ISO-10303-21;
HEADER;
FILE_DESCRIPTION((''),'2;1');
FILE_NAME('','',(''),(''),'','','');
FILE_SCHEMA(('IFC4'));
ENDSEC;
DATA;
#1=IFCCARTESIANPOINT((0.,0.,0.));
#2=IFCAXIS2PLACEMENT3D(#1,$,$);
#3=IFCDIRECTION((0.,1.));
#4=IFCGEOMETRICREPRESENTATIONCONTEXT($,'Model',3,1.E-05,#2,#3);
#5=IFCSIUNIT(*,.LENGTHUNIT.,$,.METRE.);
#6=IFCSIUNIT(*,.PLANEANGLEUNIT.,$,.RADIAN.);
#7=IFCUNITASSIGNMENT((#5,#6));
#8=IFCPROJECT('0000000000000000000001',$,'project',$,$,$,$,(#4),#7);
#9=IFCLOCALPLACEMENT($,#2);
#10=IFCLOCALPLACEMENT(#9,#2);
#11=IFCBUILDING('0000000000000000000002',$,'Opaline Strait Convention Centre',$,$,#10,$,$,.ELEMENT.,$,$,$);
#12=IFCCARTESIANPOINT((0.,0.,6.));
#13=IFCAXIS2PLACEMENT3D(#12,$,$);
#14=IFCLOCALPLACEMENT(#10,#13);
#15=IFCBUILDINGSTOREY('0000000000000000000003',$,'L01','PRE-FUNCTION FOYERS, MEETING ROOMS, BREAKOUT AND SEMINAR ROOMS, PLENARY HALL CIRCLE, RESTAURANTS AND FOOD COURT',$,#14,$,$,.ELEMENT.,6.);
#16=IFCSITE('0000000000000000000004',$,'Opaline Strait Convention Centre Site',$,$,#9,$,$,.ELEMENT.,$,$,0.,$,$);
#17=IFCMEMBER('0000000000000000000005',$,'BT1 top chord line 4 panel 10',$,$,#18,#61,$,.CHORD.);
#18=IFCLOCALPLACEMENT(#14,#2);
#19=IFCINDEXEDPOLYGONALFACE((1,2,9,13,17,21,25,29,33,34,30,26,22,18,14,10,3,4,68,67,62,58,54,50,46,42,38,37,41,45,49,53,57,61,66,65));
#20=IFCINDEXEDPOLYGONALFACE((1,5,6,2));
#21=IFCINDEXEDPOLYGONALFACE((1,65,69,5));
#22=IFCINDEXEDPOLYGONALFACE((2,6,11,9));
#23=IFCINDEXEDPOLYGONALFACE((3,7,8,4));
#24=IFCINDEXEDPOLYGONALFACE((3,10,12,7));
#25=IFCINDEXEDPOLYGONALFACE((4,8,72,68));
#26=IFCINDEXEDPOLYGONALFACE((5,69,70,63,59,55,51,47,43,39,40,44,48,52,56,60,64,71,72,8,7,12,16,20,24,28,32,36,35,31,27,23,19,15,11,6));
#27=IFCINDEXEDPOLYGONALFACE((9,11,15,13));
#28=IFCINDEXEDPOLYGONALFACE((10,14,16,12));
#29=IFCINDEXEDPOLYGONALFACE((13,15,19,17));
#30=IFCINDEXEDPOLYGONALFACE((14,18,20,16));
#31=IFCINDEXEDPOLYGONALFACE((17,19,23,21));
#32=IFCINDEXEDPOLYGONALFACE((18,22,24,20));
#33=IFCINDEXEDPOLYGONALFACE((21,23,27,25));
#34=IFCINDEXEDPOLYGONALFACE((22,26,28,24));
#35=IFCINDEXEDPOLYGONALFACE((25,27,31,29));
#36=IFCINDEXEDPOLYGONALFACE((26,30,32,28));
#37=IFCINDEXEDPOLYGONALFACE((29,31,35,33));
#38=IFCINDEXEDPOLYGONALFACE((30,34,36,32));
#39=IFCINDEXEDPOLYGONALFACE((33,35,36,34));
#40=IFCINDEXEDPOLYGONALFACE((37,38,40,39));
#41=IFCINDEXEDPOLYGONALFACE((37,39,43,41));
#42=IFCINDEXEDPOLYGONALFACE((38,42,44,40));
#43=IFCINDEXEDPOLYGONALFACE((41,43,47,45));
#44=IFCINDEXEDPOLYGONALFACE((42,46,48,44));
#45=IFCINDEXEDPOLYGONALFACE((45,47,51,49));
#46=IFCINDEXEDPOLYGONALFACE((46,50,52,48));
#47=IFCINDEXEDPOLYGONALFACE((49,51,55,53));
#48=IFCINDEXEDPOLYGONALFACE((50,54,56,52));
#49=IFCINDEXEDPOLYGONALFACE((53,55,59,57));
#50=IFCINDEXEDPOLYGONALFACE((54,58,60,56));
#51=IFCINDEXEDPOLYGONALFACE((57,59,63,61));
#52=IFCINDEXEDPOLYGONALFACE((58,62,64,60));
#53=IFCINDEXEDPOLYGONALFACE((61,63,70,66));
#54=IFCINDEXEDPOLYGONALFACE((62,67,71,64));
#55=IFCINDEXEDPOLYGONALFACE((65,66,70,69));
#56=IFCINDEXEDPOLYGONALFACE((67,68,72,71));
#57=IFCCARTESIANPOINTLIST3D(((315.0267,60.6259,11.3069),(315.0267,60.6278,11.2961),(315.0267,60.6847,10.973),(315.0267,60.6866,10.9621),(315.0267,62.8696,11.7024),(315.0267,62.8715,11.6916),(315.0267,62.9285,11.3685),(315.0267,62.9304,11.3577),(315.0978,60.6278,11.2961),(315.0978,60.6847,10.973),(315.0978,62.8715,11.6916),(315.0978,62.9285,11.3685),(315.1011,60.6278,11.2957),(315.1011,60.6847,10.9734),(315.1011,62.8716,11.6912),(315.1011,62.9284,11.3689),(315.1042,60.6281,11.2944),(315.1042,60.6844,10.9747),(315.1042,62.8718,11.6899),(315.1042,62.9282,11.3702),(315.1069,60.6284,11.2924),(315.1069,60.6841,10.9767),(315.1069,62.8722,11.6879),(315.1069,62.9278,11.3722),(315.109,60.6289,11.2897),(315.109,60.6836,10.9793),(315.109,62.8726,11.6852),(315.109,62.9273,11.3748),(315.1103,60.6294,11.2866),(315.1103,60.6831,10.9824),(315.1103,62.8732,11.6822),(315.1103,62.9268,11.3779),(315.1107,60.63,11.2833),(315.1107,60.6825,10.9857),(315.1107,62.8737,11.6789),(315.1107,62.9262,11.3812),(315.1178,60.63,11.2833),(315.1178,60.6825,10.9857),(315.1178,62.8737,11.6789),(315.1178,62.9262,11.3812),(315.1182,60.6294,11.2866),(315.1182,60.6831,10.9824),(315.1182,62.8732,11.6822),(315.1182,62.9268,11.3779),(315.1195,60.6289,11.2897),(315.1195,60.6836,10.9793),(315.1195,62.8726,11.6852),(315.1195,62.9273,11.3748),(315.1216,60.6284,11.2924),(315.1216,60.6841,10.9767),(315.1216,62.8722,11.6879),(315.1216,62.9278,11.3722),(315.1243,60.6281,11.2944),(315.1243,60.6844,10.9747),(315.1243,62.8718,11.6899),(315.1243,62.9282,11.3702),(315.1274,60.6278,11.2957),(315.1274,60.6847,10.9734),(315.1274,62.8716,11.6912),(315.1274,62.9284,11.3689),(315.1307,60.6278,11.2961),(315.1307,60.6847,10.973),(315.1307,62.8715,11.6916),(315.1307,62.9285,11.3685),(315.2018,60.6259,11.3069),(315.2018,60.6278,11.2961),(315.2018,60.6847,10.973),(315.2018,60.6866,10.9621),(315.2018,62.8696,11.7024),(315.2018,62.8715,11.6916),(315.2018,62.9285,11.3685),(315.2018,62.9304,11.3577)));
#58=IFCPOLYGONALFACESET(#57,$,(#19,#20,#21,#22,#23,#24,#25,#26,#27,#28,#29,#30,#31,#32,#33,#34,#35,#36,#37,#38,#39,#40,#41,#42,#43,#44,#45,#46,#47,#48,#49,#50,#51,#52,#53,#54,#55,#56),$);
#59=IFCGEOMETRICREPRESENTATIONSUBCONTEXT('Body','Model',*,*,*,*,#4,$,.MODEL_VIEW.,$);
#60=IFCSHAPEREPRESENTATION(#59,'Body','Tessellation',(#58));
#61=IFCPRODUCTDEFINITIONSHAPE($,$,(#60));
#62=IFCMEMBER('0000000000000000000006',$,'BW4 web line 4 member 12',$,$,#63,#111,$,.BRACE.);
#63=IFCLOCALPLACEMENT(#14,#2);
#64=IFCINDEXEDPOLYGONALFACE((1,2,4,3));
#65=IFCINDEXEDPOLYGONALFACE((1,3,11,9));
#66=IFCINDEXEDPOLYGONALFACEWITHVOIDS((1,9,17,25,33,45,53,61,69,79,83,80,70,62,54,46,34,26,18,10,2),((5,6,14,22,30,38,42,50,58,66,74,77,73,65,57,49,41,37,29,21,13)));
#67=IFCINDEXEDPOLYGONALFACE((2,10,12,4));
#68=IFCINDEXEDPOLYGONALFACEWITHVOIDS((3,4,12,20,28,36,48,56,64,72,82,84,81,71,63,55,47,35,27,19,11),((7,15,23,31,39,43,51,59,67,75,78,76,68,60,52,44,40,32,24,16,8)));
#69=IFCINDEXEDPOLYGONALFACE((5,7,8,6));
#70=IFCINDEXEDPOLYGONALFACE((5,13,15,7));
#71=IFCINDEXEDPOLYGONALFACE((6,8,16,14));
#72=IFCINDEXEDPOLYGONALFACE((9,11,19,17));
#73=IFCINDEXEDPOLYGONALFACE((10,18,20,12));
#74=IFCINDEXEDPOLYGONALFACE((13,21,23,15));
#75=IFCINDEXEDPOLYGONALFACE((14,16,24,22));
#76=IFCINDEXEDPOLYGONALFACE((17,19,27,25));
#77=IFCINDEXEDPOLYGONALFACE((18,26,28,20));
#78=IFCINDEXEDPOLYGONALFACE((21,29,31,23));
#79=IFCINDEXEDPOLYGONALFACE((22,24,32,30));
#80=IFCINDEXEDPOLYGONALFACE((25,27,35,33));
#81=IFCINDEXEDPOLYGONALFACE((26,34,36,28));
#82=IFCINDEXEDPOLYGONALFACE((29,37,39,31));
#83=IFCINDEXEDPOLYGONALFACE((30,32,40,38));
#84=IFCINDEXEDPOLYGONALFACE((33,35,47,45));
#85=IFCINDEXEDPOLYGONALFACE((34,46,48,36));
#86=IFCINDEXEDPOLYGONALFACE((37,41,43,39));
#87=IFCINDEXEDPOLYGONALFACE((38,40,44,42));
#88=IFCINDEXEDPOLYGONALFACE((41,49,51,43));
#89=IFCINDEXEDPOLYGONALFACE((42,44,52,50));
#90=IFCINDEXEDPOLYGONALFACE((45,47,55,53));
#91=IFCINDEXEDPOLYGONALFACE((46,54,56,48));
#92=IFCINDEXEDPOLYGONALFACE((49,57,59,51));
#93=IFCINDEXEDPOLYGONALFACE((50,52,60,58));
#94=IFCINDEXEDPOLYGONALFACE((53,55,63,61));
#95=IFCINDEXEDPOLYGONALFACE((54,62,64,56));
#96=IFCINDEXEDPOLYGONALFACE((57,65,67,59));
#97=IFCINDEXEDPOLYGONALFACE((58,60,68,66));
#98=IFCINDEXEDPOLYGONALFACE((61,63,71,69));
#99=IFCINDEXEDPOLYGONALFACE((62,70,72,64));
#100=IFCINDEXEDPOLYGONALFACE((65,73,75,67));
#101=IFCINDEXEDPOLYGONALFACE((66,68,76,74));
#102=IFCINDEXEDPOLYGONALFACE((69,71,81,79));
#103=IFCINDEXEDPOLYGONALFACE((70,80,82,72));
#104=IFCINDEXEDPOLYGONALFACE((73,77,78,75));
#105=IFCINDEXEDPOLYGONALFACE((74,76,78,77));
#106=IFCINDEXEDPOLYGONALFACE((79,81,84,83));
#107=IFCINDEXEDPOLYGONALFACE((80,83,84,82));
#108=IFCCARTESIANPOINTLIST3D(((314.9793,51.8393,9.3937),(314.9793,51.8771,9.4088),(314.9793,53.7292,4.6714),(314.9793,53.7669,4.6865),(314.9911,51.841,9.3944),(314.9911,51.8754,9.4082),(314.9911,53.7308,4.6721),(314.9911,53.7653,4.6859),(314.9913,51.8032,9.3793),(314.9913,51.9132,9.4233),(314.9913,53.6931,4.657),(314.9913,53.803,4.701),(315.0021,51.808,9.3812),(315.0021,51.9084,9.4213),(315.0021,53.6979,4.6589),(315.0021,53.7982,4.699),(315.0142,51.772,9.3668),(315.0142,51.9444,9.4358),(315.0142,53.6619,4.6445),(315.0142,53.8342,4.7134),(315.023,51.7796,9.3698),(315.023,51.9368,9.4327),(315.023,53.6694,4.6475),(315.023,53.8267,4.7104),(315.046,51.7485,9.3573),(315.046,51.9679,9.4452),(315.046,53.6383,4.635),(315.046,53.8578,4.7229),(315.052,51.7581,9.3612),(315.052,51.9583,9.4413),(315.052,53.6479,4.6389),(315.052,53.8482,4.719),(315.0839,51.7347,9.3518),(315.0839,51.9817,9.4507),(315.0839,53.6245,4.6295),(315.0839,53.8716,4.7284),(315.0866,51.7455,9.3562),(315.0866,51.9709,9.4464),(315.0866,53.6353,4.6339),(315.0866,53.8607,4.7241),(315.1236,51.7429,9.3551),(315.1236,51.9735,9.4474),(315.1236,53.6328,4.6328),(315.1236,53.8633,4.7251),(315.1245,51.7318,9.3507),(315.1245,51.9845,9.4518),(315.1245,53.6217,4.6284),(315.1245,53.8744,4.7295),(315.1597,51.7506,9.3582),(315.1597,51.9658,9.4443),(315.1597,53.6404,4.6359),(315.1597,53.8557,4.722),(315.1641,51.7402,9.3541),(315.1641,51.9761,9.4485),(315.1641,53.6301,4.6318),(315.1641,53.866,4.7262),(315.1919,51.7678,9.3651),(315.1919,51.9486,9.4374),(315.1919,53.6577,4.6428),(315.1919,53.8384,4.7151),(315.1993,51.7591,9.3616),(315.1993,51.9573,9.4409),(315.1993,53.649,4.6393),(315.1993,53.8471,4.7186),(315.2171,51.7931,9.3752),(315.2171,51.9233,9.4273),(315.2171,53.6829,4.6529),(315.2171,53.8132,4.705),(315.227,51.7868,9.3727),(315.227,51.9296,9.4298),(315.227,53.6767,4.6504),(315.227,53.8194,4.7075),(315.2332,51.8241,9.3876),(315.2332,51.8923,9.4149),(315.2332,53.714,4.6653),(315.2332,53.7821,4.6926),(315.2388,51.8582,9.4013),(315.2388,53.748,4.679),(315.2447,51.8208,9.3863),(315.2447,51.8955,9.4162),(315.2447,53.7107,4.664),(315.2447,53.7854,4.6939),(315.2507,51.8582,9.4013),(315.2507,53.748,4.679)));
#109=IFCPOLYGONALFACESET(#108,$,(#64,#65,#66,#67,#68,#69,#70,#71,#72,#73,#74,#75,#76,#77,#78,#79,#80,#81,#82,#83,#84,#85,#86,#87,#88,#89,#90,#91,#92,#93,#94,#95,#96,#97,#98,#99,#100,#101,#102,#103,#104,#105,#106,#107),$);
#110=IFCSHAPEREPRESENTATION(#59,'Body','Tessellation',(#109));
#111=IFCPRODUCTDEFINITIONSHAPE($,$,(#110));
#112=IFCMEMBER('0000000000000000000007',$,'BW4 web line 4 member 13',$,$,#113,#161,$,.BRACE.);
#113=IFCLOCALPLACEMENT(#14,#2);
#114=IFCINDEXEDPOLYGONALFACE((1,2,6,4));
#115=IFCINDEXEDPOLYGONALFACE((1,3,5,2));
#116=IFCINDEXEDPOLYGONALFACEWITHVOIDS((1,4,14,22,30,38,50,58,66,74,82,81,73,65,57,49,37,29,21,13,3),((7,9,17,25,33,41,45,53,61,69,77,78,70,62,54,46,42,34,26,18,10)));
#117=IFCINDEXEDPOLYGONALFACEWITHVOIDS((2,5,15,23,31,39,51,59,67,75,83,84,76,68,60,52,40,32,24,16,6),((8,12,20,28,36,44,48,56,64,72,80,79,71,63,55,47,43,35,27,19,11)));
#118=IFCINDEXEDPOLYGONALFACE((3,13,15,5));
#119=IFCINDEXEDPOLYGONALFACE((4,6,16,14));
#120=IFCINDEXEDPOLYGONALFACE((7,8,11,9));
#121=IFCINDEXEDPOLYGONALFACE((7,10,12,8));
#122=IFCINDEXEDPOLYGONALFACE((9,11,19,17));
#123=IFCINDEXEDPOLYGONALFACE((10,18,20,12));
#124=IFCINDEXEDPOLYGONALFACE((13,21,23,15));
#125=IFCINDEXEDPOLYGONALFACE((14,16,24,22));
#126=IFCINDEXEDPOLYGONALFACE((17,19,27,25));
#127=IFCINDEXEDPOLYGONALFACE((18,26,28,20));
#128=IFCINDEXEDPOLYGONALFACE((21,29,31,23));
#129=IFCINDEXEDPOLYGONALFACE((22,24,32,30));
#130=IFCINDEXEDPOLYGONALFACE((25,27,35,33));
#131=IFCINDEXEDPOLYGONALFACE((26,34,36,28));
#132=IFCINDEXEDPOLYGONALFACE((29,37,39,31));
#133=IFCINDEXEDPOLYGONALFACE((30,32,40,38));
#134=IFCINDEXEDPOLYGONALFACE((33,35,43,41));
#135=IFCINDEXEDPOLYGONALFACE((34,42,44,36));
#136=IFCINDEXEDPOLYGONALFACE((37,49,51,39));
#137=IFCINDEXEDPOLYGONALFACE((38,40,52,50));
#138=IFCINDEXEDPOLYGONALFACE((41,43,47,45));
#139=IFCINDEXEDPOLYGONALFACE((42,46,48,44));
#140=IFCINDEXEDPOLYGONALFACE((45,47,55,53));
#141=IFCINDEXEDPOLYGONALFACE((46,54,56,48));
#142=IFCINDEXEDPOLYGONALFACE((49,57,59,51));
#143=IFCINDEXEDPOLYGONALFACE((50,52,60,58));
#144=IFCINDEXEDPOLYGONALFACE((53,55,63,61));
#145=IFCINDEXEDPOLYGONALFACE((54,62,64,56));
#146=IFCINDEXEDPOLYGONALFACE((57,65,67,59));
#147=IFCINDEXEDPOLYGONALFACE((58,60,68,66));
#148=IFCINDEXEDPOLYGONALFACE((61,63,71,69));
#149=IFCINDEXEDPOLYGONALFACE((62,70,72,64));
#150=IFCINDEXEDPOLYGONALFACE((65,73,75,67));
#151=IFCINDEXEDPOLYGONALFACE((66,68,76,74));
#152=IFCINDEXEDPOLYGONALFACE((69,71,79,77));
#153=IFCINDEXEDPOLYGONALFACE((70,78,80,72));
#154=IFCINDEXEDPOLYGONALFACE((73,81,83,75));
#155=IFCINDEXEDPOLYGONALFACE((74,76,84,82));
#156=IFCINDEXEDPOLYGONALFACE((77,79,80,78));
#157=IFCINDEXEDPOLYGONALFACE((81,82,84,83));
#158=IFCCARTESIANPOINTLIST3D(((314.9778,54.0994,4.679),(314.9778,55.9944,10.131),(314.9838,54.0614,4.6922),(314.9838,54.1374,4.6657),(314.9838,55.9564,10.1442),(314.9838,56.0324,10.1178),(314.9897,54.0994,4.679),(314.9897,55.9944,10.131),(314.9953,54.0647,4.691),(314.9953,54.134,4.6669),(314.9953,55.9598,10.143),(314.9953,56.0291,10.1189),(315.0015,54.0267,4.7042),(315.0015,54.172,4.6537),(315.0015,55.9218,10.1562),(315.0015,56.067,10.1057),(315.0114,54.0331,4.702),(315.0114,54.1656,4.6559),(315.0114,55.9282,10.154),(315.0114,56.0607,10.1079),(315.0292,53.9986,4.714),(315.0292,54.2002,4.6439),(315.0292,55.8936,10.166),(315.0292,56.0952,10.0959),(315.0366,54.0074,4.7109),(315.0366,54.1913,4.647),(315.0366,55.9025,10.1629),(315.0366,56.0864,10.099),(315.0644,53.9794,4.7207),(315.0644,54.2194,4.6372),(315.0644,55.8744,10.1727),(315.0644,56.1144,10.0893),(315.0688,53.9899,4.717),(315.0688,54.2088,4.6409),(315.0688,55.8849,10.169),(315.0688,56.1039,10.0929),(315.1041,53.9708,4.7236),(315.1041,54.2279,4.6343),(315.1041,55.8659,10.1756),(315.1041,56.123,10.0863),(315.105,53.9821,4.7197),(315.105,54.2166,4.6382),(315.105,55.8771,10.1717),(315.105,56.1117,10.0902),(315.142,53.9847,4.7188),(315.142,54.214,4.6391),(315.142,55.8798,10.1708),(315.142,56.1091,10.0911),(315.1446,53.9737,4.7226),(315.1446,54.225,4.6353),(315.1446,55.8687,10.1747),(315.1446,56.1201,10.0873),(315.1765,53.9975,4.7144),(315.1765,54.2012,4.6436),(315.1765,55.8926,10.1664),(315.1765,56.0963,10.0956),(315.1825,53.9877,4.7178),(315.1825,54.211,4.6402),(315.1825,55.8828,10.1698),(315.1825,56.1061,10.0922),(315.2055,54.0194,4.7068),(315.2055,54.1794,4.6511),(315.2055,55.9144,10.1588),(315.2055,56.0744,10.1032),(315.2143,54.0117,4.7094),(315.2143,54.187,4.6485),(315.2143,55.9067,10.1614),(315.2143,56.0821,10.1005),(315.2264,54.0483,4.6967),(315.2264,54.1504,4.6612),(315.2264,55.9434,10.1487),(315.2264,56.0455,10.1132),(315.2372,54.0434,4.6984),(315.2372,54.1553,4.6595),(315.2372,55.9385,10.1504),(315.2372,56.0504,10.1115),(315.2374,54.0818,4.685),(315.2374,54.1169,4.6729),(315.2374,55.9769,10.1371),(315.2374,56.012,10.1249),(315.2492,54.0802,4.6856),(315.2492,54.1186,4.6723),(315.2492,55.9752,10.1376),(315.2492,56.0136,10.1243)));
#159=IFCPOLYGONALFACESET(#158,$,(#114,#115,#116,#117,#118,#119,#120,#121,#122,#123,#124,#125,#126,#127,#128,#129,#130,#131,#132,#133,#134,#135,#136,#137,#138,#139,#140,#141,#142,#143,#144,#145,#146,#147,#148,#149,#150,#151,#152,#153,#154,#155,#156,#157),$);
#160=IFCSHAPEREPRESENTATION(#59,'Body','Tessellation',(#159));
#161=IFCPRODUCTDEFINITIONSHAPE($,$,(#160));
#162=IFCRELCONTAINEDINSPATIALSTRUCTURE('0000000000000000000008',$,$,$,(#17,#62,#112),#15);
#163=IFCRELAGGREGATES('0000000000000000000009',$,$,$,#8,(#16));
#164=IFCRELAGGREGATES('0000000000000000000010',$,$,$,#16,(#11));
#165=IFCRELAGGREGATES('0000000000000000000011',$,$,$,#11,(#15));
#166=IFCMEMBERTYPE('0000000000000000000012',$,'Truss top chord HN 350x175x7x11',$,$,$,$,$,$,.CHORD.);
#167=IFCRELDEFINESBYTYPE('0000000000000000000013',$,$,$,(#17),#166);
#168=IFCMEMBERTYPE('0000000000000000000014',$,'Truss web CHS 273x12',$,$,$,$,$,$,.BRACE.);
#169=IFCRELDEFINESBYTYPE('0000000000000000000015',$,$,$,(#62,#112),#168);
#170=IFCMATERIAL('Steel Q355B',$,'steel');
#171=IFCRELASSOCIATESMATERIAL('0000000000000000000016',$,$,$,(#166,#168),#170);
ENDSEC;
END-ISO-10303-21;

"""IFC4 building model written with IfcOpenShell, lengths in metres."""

from ifc_helpers import new_model, si_unit, direction, frame, origin, origin_2d, place, context, subcontext, project, spatial, hollow_circle, i_section, extrude, material, material_profile, profile_set, type_object, element, save


model = new_model("IFC4")

# Units and contexts
model_context = context("Model", 3, precision=1e-05, world=origin(), true_north=direction((0.0, 1.0)))
body_context = subcontext(model_context, "Body", "Model", "MODEL_VIEW")
ifc_project = project(units=[si_unit("LENGTHUNIT", "METRE"), si_unit("PLANEANGLEUNIT", "RADIAN")], contexts=[model_context])

# Site, building, storey
site_placement = place(None, origin())
site = spatial("IfcSite", under=ifc_project, at=site_placement, Name="Opaline Strait Convention Centre Site", CompositionType="ELEMENT", RefElevation=0.0)
building_placement = place(site_placement, origin())
building = spatial("IfcBuilding", under=site, at=building_placement, Name="Opaline Strait Convention Centre", CompositionType="ELEMENT")
storey_placement = place(building_placement, frame((0.0, 0.0, 6.0)))
storey = spatial("IfcBuildingStorey", under=building, at=storey_placement, Name="L01", Description="PRE-FUNCTION FOYERS, MEETING ROOMS, BREAKOUT AND SEMINAR ROOMS, PLENARY HALL CIRCLE, RESTAURANTS AND FOOD COURT", CompositionType="ELEMENT", Elevation=6.0)

# Members
ifc_material_1 = material(Name="Steel Q355B", Category="steel")
ifc_material_profile_1 = material_profile(ifc_material_1, i_section(OverallWidth=0.175, OverallDepth=0.3501, WebThickness=0.0071, FlangeThickness=0.011, FilletRadius=0.0129, at=origin_2d()), Name="HN 350x175x7x11")
ifc_profile_set_1 = profile_set([ifc_material_profile_1], Name="Steel Q355B")
member_type_1 = type_object("IfcMemberType", Name="Truss top chord HN 350x175x7x11", PredefinedType="CHORD", material=ifc_profile_set_1)
member_1_placement = place(storey_placement, frame((315.1143, 60.6562, 11.1345), z_axis=(0.0, 0.984816, 0.173602), x_axis=(-1.0, 0.0, 0.0)))
element("IfcMember", 1, at=member_1_placement, inside=storey, type_object=member_type_1, Name="BT1 top chord line 4 panel 10", PredefinedType="CHORD", context=body_context, shape_type="SweptSolid", body=[
    extrude(i_section(OverallWidth=0.175, OverallDepth=0.3501, WebThickness=0.0071, FlangeThickness=0.011, FilletRadius=0.0129, at=origin_2d()), origin(), (0.0, 0.0, 1.0), 2.2783),
])
ifc_material_profile_2 = material_profile(ifc_material_1, hollow_circle(Radius=0.1365, WallThickness=0.012, at=origin_2d()), Name="CHS 273x12")
ifc_profile_set_2 = profile_set([ifc_material_profile_2], Name="Steel Q355B")
member_type_2 = type_object("IfcMemberType", Name="Truss web CHS 273x12", PredefinedType="BRACE", material=ifc_profile_set_2)
member_2_placement = place(storey_placement, frame((315.1143, 53.748, 4.679), z_axis=(0.0, -0.371548, 0.928414), x_axis=(1.0, 0.0, 0.0)))
element("IfcMember", 2, at=member_2_placement, inside=storey, type_object=member_type_2, Name="BW4 web line 4 member 12", PredefinedType="BRACE", context=body_context, shape_type="SweptSolid", body=[
    extrude(hollow_circle(Radius=0.1365, WallThickness=0.012, at=origin_2d()), origin(), (0.0, 0.0, 1.0), 5.0864),
])
member_3_placement = place(storey_placement, frame((315.1143, 54.0994, 4.679), z_axis=(0.0, 0.32832, 0.944566), x_axis=(-1.0, 0.0, 0.0)))
element("IfcMember", 3, at=member_3_placement, inside=storey, type_object=member_type_2, Name="BW4 web line 4 member 13", PredefinedType="BRACE", context=body_context, shape_type="SweptSolid", body=[
    extrude(hollow_circle(Radius=0.1365, WallThickness=0.012, at=origin_2d()), origin(), (0.0, 0.0, 1.0), 5.772),
])

save(model, "model.ifc")
